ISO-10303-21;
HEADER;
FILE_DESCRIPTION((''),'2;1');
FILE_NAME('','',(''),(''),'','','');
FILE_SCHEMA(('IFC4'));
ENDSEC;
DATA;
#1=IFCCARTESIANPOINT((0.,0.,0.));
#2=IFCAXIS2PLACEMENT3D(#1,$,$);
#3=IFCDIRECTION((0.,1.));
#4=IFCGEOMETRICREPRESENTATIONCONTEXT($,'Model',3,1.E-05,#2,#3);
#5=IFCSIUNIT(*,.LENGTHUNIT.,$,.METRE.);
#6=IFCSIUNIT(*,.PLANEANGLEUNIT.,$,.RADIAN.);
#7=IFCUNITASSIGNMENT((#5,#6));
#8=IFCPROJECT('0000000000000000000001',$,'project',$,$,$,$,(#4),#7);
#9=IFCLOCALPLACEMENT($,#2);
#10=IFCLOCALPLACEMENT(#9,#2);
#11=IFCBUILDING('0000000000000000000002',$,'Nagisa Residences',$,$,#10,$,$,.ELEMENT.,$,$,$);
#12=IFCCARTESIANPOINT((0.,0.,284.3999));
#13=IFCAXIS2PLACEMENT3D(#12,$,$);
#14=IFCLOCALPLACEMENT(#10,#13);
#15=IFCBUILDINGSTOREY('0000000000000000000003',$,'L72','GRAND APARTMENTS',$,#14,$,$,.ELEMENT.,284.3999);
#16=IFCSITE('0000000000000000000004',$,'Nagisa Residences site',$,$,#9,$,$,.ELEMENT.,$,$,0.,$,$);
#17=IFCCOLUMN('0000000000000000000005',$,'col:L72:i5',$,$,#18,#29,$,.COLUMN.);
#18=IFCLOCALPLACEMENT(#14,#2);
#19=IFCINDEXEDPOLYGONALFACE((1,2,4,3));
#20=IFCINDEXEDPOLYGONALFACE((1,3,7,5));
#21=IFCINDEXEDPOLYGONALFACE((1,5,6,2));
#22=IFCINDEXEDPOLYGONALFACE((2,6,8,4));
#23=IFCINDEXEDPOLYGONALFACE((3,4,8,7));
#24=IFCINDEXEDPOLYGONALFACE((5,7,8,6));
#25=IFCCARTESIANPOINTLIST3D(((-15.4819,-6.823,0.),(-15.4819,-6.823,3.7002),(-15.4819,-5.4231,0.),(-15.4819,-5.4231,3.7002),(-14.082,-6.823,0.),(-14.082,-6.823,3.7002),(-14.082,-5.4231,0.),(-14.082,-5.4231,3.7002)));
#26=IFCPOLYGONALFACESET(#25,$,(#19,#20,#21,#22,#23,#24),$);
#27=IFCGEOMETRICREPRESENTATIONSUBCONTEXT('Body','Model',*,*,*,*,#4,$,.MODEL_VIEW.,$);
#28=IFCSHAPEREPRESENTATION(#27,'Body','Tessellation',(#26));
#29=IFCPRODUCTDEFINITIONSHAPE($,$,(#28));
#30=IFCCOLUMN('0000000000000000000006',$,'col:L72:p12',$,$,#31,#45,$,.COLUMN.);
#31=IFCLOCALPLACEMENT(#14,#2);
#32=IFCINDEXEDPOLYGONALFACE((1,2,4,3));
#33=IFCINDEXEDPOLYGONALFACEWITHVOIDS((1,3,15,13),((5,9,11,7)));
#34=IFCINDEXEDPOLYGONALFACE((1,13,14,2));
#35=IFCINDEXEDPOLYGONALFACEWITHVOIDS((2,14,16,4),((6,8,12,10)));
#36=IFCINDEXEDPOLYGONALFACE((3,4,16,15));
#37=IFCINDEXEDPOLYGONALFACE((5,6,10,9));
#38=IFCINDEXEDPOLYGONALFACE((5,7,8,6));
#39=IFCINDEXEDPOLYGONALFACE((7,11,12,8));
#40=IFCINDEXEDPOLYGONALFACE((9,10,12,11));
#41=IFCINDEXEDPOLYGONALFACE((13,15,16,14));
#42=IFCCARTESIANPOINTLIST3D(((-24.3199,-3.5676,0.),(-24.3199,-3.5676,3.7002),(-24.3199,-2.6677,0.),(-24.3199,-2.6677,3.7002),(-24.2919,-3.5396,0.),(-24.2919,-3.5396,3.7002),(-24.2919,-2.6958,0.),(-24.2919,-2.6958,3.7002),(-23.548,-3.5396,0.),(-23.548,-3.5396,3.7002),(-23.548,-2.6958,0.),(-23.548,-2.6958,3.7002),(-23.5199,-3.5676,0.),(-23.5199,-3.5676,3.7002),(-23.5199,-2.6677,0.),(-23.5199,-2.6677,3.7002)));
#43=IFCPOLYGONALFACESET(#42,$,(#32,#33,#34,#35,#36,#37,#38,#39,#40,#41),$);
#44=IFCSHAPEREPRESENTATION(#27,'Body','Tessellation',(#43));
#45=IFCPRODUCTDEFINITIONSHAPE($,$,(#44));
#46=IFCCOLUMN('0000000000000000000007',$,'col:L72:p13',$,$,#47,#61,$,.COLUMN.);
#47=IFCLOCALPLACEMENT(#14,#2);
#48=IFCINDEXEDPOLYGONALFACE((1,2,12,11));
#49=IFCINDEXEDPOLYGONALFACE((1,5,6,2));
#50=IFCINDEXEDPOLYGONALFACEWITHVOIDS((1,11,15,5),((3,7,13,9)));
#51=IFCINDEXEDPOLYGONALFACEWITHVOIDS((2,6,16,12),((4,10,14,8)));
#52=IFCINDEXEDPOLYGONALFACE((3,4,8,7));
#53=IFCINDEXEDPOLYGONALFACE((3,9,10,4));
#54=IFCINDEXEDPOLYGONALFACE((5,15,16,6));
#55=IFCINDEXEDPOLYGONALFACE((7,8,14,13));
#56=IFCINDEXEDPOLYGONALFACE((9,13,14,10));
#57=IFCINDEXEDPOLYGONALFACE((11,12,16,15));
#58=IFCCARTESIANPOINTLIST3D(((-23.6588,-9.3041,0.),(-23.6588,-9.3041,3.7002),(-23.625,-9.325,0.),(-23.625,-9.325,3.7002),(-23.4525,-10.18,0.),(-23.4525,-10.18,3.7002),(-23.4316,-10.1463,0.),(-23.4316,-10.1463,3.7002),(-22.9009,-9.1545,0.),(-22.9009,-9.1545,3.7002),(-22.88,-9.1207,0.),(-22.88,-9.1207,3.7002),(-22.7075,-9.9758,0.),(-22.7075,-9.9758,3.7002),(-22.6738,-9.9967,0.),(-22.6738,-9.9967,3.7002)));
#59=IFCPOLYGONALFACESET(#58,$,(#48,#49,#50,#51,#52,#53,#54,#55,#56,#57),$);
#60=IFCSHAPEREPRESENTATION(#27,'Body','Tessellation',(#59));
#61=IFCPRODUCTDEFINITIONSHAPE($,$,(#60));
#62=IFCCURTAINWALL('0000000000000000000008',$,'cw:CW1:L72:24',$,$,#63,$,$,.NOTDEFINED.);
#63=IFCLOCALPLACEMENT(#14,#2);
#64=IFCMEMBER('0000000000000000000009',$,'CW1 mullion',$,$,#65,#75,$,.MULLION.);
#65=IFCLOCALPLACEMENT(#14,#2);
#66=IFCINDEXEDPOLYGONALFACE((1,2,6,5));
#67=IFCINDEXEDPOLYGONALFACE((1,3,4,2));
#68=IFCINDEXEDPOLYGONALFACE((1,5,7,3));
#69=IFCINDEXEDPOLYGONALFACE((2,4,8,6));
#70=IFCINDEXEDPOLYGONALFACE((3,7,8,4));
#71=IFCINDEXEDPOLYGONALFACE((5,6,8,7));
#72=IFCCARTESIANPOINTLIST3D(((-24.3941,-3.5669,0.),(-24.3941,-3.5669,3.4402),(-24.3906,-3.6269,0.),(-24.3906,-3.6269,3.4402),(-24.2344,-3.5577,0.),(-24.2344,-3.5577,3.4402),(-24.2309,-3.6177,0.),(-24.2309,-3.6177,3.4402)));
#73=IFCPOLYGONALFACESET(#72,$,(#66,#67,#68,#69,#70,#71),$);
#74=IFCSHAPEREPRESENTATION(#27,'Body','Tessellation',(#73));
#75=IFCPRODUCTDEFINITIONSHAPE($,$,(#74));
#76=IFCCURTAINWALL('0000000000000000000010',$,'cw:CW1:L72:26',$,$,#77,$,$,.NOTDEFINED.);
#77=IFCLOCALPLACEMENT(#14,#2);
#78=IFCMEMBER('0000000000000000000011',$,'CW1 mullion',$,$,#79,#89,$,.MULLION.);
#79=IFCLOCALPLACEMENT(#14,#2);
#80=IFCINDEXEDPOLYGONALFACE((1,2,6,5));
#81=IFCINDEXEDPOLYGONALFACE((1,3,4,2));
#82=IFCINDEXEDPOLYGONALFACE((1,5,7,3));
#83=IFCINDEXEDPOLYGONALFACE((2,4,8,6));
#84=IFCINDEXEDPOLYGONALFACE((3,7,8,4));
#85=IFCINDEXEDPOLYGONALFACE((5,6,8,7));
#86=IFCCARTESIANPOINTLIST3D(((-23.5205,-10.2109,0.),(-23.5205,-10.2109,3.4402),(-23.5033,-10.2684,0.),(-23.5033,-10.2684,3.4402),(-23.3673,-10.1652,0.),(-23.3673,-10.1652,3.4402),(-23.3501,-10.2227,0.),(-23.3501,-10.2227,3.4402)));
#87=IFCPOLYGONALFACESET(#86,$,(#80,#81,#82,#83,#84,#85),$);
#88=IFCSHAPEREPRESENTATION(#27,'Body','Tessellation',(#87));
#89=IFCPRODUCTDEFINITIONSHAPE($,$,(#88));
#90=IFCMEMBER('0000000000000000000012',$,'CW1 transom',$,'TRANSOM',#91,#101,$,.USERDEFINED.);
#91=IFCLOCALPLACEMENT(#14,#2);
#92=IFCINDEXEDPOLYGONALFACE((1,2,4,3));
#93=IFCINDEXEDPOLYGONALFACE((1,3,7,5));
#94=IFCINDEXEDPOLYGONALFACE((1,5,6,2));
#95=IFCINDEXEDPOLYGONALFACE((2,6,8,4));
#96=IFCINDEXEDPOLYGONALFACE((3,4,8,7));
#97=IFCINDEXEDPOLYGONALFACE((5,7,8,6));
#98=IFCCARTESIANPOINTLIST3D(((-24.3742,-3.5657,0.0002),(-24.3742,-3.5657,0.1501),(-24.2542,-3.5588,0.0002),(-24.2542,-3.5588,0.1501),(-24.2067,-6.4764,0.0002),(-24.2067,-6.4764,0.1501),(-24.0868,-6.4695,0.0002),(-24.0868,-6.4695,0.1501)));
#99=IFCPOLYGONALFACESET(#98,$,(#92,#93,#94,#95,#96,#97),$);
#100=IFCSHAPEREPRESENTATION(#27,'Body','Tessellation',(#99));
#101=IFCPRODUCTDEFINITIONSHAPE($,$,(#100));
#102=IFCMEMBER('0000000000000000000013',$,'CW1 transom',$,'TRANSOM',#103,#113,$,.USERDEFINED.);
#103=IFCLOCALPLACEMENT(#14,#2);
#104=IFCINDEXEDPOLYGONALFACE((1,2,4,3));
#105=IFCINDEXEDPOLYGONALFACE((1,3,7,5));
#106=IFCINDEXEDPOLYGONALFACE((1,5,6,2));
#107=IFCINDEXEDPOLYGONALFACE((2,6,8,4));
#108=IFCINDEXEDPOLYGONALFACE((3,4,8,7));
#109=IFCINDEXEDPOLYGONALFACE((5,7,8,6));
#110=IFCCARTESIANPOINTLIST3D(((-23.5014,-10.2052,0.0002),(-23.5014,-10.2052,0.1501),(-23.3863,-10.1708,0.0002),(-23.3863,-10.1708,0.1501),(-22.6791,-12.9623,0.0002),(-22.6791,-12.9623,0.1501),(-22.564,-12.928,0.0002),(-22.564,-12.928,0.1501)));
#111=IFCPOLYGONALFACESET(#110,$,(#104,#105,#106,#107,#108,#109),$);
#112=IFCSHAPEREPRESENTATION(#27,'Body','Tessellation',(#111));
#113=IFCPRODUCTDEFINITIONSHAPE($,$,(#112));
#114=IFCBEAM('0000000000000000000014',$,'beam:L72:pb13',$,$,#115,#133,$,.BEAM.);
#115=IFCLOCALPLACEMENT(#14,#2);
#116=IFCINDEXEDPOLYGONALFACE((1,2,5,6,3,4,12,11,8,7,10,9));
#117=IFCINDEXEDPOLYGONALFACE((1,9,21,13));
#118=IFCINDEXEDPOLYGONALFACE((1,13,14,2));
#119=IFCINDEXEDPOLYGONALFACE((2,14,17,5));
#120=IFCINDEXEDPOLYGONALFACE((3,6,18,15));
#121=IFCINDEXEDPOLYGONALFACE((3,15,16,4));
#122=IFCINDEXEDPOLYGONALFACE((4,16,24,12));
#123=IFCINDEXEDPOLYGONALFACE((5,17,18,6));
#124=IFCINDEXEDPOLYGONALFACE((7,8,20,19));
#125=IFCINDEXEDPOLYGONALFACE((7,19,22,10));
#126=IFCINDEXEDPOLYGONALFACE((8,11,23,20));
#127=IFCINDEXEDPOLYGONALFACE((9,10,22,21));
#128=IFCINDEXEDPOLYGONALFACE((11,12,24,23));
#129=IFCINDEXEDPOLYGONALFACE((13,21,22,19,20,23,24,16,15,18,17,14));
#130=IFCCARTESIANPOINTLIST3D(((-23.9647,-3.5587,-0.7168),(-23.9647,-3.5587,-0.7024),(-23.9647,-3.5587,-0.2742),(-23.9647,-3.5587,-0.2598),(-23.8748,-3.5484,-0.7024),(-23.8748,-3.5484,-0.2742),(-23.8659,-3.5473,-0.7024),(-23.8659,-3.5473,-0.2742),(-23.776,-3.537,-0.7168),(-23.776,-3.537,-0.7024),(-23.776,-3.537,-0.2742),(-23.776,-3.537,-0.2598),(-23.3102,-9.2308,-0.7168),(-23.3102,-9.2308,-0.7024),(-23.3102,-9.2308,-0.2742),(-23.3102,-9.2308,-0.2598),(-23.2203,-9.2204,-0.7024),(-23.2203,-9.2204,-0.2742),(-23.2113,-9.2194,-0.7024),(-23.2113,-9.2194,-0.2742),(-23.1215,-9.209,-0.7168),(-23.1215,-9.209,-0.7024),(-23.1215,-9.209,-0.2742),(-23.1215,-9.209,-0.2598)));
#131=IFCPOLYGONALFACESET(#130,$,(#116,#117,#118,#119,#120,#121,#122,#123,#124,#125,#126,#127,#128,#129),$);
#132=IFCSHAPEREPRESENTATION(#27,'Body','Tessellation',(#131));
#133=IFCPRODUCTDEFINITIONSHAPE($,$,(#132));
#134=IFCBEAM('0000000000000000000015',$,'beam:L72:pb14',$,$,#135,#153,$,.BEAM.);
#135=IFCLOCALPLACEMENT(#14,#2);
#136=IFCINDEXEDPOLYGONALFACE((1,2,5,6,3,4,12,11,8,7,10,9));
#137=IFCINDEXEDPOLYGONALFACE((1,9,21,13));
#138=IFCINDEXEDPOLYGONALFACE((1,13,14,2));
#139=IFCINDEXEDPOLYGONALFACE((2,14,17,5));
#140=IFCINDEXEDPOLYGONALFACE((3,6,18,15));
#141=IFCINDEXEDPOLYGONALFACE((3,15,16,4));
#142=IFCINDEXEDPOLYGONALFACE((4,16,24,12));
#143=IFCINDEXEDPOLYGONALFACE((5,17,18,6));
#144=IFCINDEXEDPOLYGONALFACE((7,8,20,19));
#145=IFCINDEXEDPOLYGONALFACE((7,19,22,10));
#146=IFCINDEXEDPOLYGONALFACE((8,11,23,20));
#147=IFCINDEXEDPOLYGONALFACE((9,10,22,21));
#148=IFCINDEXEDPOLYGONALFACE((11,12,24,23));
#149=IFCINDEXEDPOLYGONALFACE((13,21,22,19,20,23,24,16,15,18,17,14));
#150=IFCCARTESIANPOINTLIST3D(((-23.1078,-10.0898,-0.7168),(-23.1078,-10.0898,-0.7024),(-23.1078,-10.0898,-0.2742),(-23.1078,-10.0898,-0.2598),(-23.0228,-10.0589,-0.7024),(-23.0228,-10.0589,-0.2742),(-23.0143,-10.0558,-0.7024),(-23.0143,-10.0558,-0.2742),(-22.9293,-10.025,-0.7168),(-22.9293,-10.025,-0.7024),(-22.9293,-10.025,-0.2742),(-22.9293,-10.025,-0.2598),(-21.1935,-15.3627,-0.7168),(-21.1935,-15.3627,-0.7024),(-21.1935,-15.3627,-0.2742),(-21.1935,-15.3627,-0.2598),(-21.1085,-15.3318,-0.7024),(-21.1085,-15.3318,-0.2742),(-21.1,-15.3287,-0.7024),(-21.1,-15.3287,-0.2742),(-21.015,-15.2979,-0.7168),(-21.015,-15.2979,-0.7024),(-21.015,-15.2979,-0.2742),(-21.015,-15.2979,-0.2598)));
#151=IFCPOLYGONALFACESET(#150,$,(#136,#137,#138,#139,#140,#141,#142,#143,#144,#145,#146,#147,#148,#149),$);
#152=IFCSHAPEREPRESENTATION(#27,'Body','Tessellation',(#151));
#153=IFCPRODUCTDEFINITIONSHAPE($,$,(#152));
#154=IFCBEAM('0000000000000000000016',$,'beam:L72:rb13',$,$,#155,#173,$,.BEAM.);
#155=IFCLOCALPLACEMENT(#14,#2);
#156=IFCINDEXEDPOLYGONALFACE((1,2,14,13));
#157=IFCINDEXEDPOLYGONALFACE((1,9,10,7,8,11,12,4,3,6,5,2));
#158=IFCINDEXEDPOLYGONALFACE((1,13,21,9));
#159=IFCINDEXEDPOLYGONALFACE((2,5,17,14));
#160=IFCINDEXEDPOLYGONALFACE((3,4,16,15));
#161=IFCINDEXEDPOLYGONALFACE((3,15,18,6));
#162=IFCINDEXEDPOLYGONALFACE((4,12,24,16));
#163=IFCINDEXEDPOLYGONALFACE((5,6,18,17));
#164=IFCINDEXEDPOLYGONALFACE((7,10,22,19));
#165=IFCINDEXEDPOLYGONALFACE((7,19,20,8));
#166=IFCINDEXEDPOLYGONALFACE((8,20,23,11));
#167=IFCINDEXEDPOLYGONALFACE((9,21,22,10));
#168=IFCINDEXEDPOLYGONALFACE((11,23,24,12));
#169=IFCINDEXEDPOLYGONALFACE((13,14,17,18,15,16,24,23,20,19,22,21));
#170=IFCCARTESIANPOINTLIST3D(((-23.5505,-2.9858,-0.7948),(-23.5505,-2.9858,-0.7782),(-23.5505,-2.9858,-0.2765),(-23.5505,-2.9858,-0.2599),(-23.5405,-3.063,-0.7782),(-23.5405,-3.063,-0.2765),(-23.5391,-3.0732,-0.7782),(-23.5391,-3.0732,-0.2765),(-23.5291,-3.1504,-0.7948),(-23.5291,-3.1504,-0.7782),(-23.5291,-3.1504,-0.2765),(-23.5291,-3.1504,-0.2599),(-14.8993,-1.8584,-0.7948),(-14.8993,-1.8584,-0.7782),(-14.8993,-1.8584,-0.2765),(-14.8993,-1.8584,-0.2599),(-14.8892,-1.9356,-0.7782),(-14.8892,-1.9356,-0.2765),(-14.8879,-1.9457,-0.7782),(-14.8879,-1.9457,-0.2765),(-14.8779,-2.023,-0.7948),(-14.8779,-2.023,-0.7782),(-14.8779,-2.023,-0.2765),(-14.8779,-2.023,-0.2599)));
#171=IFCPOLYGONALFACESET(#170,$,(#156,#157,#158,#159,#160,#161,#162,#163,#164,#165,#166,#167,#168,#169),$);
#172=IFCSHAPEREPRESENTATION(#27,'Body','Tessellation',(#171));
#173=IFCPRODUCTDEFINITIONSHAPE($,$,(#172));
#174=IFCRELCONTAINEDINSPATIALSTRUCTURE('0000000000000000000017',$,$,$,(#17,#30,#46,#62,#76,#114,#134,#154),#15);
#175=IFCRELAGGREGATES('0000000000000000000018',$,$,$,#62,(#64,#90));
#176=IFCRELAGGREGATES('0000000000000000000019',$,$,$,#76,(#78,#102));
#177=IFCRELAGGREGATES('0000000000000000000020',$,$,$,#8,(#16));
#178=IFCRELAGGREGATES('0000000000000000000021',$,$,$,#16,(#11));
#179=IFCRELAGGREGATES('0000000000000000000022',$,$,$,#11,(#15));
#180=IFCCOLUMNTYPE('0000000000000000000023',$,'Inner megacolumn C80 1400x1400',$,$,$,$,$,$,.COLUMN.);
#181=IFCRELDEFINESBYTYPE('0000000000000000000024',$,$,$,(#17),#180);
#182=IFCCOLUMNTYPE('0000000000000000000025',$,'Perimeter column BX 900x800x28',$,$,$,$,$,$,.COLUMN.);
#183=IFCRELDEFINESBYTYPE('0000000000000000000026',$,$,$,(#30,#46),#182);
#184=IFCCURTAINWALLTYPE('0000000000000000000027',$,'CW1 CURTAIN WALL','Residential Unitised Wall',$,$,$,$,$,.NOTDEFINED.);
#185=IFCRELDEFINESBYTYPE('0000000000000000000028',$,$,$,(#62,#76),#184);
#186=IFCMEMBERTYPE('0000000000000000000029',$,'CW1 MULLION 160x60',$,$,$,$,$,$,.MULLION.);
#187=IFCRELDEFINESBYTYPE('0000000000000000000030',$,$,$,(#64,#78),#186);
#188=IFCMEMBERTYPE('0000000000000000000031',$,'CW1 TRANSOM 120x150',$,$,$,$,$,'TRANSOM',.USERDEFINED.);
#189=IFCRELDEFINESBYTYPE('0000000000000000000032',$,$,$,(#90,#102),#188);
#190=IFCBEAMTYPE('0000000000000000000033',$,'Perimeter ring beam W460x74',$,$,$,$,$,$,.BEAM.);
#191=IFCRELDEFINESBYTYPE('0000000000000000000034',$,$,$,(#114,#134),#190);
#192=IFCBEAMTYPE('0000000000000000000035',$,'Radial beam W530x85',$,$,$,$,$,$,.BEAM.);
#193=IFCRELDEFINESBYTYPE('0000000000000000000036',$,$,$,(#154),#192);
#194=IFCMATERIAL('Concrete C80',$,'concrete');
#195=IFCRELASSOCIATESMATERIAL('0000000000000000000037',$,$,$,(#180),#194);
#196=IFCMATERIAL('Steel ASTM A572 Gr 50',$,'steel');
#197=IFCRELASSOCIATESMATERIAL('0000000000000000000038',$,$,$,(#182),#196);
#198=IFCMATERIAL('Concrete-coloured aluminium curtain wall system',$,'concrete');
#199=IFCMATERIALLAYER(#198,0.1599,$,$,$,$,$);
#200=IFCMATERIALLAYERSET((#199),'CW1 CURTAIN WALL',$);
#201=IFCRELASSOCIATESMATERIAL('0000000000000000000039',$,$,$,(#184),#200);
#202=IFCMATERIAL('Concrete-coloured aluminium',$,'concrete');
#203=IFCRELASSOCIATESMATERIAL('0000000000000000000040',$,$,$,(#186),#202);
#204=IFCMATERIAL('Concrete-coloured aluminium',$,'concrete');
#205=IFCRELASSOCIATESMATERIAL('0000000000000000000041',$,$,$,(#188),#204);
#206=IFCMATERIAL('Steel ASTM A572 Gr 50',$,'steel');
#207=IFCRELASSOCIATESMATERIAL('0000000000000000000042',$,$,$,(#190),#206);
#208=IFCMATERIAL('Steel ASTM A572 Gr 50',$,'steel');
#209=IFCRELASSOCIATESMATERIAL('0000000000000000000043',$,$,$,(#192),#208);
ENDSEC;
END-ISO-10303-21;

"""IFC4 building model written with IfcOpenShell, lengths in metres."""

from ifc_helpers import new_model, si_unit, direction, frame, origin, origin_2d, place, context, subcontext, project, spatial, rectangle, hollow_rectangle, i_section, extrude, material, layer, layer_set, material_profile, profile_set, type_object, element, aggregate, save


model = new_model("IFC4")

# Units and contexts
model_context = context("Model", 3, precision=1e-05, world=origin(), true_north=direction((0.0, 1.0)))
body_context = subcontext(model_context, "Body", "Model", "MODEL_VIEW")
ifc_project = project(units=[si_unit("LENGTHUNIT", "METRE"), si_unit("PLANEANGLEUNIT", "RADIAN")], contexts=[model_context])

# Site, building, storey
site_placement = place(None, origin())
site = spatial("IfcSite", under=ifc_project, at=site_placement, Name="Nagisa Residences site", CompositionType="ELEMENT", RefElevation=0.0)
building_placement = place(site_placement, origin())
building = spatial("IfcBuilding", under=site, at=building_placement, Name="Nagisa Residences", CompositionType="ELEMENT")
storey_placement = place(building_placement, frame((0.0, 0.0, 284.3999)))
storey = spatial("IfcBuildingStorey", under=building, at=storey_placement, Name="L72", Description="GRAND APARTMENTS", CompositionType="ELEMENT", Elevation=284.3999)

# Columns
ifc_material_1 = material(Name="Concrete C80", Category="concrete")
ifc_material_profile_1 = material_profile(ifc_material_1, rectangle(XDim=1.3999, YDim=1.3999, at=origin_2d()), Name="C80 1400x1400")
ifc_profile_set_1 = profile_set([ifc_material_profile_1], Name="Concrete C80")
column_type_1 = type_object("IfcColumnType", Name="Inner megacolumn C80 1400x1400", PredefinedType="COLUMN", material=ifc_profile_set_1)
column_placement = place(storey_placement, frame((-14.782, -6.123, 0.0), z_axis=(0.0, 0.0, 1.0), x_axis=(1.0, 0.0, 0.0)))
element("IfcColumn", 1, at=column_placement, inside=storey, type_object=column_type_1, Name="col:L72:i5", PredefinedType="COLUMN", context=body_context, shape_type="SweptSolid", body=[
    extrude(rectangle(XDim=1.3999, YDim=1.3999, at=origin_2d()), origin(), (0.0, 0.0, 1.0), 3.7002),
])
ifc_material_2 = material(Name="Steel ASTM A572 Gr 50", Category="steel")
ifc_material_profile_2 = material_profile(ifc_material_2, hollow_rectangle(XDim=0.8999, YDim=0.8, WallThickness=0.0281, at=origin_2d()), Name="BX 900x800x28")
ifc_profile_set_2 = profile_set([ifc_material_profile_2], Name="Steel ASTM A572 Gr 50")
column_type_2 = type_object("IfcColumnType", Name="Perimeter column BX 900x800x28", PredefinedType="COLUMN", material=ifc_profile_set_2)
for number, where, z_axis, x_axis, name in (
    (2, (-23.9199, -3.1177, 0.0), (0.0, 0.0, 1.0), (0.0, -1.0, 0.0), "col:L72:p12"),
    (3, (-23.1663, -9.6504, 0.0), (0.0, 0.0, 1.0), (0.229202, -0.973379, 0.0), "col:L72:p13"),
):
    element("IfcColumn", number, at=place(storey_placement, frame(where, z_axis=z_axis, x_axis=x_axis)), inside=storey, type_object=column_type_2, Name=name, PredefinedType="COLUMN", context=body_context, shape_type="SweptSolid", body=[
        extrude(hollow_rectangle(XDim=0.8999, YDim=0.8, WallThickness=0.0281, at=origin_2d()), origin(), (0.0, 0.0, 1.0), 3.7002),
    ])

# Curtain walls, members
ifc_material_3 = material(Name="Concrete-coloured aluminium curtain wall system", Category="concrete")
ifc_layer_1 = layer(ifc_material_3, 0.1599)
ifc_layer_set_1 = layer_set([ifc_layer_1], Name="CW1 CURTAIN WALL")
curtain_wall_type = type_object("IfcCurtainWallType", Name="CW1 CURTAIN WALL", Description="Residential Unitised Wall", PredefinedType="NOTDEFINED", material=ifc_layer_set_1)
curtain_wall_1_placement = place(storey_placement, origin())
curtain_wall_1 = element("IfcCurtainWall", 4, at=curtain_wall_1_placement, inside=storey, type_object=curtain_wall_type, Name="cw:CW1:L72:24", PredefinedType="NOTDEFINED")
ifc_material_4 = material(Name="Concrete-coloured aluminium", Category="concrete")
ifc_material_profile_3 = material_profile(ifc_material_4, rectangle(XDim=0.1599, YDim=0.0601, at=origin_2d()), Name="CW1 MULLION 160x60")
ifc_profile_set_3 = profile_set([ifc_material_profile_3], Name="Concrete-coloured aluminium")
member_type_1 = type_object("IfcMemberType", Name="CW1 MULLION 160x60", PredefinedType="MULLION", material=ifc_profile_set_3)
member_1_placement = place(storey_placement, frame((-24.3125, -3.5923, 0.0), z_axis=(0.0, 0.0, 1.0), x_axis=(0.998345, 0.057503, 0.0)))
member_1 = element("IfcMember", 5, at=member_1_placement, type_object=member_type_1, Name="CW1 mullion", PredefinedType="MULLION", context=body_context, shape_type="SweptSolid", body=[
    extrude(rectangle(XDim=0.1599, YDim=0.0601, at=origin_2d()), origin(), (0.0, 0.0, 1.0), 3.4402),
])
curtain_wall_2_placement = place(storey_placement, origin())
curtain_wall_2 = element("IfcCurtainWall", 6, at=curtain_wall_2_placement, inside=storey, type_object=curtain_wall_type, Name="cw:CW1:L72:26", PredefinedType="NOTDEFINED")
member_2_placement = place(storey_placement, frame((-23.4353, -10.2168, 0.0), z_axis=(0.0, 0.0, 1.0), x_axis=(0.958271, 0.28586, 0.0)))
member_2 = element("IfcMember", 7, at=member_2_placement, type_object=member_type_1, Name="CW1 mullion", PredefinedType="MULLION", context=body_context, shape_type="SweptSolid", body=[
    extrude(rectangle(XDim=0.1599, YDim=0.0601, at=origin_2d()), origin(), (0.0, 0.0, 1.0), 3.4402),
])

# Members
ifc_material_5 = material(Name="Concrete-coloured aluminium", Category="concrete")
ifc_material_profile_4 = material_profile(ifc_material_5, rectangle(XDim=0.1201, YDim=0.1499, at=origin_2d()), Name="CW1 TRANSOM 120x150")
ifc_profile_set_4 = profile_set([ifc_material_profile_4], Name="Concrete-coloured aluminium")
member_type_2 = type_object("IfcMemberType", Name="CW1 TRANSOM 120x150", ElementType="TRANSOM", PredefinedType="USERDEFINED", material=ifc_profile_set_4)
member_3_placement = place(storey_placement, frame((-24.3142, -3.5623, 0.0752), z_axis=(0.057446, -0.998349, 0.0), x_axis=(0.998349, 0.057446, 0.0)))
member_3 = element("IfcMember", 8, at=member_3_placement, type_object=member_type_2, Name="CW1 transom", ObjectType="TRANSOM", PredefinedType="USERDEFINED", context=body_context, shape_type="SweptSolid", body=[
    extrude(rectangle(XDim=0.1201, YDim=0.1499, at=origin_2d()), origin(), (0.0, 0.0, 1.0), 2.9155),
])
member_4_placement = place(storey_placement, frame((-23.4438, -10.188, 0.0752), z_axis=(0.285798, -0.95829, 0.0), x_axis=(0.95829, 0.285798, 0.0)))
member_4 = element("IfcMember", 9, at=member_4_placement, type_object=member_type_2, Name="CW1 transom", ObjectType="TRANSOM", PredefinedType="USERDEFINED", context=body_context, shape_type="SweptSolid", body=[
    extrude(rectangle(XDim=0.1201, YDim=0.1499, at=origin_2d()), origin(), (0.0, 0.0, 1.0), 2.8772),
])

# Beams
ifc_material_6 = material(Name="Steel ASTM A572 Gr 50", Category="steel")
ifc_material_profile_5 = material_profile(ifc_material_6, i_section(OverallWidth=0.1899, OverallDepth=0.457, WebThickness=0.009, FlangeThickness=0.0144, at=origin_2d()), Name="W460x74")
ifc_profile_set_5 = profile_set([ifc_material_profile_5], Name="Steel ASTM A572 Gr 50")
beam_type_1 = type_object("IfcBeamType", Name="Perimeter ring beam W460x74", PredefinedType="BEAM", material=ifc_profile_set_5)
beam_1_placement = place(storey_placement, frame((-23.8704, -3.5479, -0.4883), z_axis=(0.114635, -0.993408, 0.0), x_axis=(0.993408, 0.114635, 0.0)))
element("IfcBeam", 10, at=beam_1_placement, inside=storey, type_object=beam_type_1, Name="beam:L72:pb13", PredefinedType="BEAM", context=body_context, shape_type="SweptSolid", body=[
    extrude(i_section(OverallWidth=0.1899, OverallDepth=0.457, WebThickness=0.009, FlangeThickness=0.0144, at=origin_2d()), origin(), (0.0, 0.0, 1.0), 5.7097),
])
beam_2_placement = place(storey_placement, frame((-23.0186, -10.0574, -0.4883), z_axis=(0.34125, -0.939972, 0.0), x_axis=(0.939972, 0.34125, 0.0)))
element("IfcBeam", 11, at=beam_2_placement, inside=storey, type_object=beam_type_1, Name="beam:L72:pb14", PredefinedType="BEAM", context=body_context, shape_type="SweptSolid", body=[
    extrude(i_section(OverallWidth=0.1899, OverallDepth=0.457, WebThickness=0.009, FlangeThickness=0.0144, at=origin_2d()), origin(), (0.0, 0.0, 1.0), 5.6096),
])
ifc_material_7 = material(Name="Steel ASTM A572 Gr 50", Category="steel")
ifc_material_profile_6 = material_profile(ifc_material_7, i_section(OverallWidth=0.166, OverallDepth=0.5349, WebThickness=0.0103, FlangeThickness=0.0166, at=origin_2d()), Name="W530x85")
ifc_profile_set_6 = profile_set([ifc_material_profile_6], Name="Steel ASTM A572 Gr 50")
beam_type_2 = type_object("IfcBeamType", Name="Radial beam W530x85", PredefinedType="BEAM", material=ifc_profile_set_6)
beam_3_placement = place(storey_placement, frame((-23.5398, -3.0681, -0.5273), z_axis=(0.991615, 0.12923, 0.0), x_axis=(-0.12923, 0.991615, 0.0)))
element("IfcBeam", 12, at=beam_3_placement, inside=storey, type_object=beam_type_2, Name="beam:L72:rb13", PredefinedType="BEAM", context=body_context, shape_type="SweptSolid", body=[
    extrude(i_section(OverallWidth=0.166, OverallDepth=0.5349, WebThickness=0.0103, FlangeThickness=0.0166, at=origin_2d()), origin(), (0.0, 0.0, 1.0), 8.7244),
])

aggregate(curtain_wall_1, [member_1, member_3])
aggregate(curtain_wall_2, [member_2, member_4])

save(model, "model.ifc")
